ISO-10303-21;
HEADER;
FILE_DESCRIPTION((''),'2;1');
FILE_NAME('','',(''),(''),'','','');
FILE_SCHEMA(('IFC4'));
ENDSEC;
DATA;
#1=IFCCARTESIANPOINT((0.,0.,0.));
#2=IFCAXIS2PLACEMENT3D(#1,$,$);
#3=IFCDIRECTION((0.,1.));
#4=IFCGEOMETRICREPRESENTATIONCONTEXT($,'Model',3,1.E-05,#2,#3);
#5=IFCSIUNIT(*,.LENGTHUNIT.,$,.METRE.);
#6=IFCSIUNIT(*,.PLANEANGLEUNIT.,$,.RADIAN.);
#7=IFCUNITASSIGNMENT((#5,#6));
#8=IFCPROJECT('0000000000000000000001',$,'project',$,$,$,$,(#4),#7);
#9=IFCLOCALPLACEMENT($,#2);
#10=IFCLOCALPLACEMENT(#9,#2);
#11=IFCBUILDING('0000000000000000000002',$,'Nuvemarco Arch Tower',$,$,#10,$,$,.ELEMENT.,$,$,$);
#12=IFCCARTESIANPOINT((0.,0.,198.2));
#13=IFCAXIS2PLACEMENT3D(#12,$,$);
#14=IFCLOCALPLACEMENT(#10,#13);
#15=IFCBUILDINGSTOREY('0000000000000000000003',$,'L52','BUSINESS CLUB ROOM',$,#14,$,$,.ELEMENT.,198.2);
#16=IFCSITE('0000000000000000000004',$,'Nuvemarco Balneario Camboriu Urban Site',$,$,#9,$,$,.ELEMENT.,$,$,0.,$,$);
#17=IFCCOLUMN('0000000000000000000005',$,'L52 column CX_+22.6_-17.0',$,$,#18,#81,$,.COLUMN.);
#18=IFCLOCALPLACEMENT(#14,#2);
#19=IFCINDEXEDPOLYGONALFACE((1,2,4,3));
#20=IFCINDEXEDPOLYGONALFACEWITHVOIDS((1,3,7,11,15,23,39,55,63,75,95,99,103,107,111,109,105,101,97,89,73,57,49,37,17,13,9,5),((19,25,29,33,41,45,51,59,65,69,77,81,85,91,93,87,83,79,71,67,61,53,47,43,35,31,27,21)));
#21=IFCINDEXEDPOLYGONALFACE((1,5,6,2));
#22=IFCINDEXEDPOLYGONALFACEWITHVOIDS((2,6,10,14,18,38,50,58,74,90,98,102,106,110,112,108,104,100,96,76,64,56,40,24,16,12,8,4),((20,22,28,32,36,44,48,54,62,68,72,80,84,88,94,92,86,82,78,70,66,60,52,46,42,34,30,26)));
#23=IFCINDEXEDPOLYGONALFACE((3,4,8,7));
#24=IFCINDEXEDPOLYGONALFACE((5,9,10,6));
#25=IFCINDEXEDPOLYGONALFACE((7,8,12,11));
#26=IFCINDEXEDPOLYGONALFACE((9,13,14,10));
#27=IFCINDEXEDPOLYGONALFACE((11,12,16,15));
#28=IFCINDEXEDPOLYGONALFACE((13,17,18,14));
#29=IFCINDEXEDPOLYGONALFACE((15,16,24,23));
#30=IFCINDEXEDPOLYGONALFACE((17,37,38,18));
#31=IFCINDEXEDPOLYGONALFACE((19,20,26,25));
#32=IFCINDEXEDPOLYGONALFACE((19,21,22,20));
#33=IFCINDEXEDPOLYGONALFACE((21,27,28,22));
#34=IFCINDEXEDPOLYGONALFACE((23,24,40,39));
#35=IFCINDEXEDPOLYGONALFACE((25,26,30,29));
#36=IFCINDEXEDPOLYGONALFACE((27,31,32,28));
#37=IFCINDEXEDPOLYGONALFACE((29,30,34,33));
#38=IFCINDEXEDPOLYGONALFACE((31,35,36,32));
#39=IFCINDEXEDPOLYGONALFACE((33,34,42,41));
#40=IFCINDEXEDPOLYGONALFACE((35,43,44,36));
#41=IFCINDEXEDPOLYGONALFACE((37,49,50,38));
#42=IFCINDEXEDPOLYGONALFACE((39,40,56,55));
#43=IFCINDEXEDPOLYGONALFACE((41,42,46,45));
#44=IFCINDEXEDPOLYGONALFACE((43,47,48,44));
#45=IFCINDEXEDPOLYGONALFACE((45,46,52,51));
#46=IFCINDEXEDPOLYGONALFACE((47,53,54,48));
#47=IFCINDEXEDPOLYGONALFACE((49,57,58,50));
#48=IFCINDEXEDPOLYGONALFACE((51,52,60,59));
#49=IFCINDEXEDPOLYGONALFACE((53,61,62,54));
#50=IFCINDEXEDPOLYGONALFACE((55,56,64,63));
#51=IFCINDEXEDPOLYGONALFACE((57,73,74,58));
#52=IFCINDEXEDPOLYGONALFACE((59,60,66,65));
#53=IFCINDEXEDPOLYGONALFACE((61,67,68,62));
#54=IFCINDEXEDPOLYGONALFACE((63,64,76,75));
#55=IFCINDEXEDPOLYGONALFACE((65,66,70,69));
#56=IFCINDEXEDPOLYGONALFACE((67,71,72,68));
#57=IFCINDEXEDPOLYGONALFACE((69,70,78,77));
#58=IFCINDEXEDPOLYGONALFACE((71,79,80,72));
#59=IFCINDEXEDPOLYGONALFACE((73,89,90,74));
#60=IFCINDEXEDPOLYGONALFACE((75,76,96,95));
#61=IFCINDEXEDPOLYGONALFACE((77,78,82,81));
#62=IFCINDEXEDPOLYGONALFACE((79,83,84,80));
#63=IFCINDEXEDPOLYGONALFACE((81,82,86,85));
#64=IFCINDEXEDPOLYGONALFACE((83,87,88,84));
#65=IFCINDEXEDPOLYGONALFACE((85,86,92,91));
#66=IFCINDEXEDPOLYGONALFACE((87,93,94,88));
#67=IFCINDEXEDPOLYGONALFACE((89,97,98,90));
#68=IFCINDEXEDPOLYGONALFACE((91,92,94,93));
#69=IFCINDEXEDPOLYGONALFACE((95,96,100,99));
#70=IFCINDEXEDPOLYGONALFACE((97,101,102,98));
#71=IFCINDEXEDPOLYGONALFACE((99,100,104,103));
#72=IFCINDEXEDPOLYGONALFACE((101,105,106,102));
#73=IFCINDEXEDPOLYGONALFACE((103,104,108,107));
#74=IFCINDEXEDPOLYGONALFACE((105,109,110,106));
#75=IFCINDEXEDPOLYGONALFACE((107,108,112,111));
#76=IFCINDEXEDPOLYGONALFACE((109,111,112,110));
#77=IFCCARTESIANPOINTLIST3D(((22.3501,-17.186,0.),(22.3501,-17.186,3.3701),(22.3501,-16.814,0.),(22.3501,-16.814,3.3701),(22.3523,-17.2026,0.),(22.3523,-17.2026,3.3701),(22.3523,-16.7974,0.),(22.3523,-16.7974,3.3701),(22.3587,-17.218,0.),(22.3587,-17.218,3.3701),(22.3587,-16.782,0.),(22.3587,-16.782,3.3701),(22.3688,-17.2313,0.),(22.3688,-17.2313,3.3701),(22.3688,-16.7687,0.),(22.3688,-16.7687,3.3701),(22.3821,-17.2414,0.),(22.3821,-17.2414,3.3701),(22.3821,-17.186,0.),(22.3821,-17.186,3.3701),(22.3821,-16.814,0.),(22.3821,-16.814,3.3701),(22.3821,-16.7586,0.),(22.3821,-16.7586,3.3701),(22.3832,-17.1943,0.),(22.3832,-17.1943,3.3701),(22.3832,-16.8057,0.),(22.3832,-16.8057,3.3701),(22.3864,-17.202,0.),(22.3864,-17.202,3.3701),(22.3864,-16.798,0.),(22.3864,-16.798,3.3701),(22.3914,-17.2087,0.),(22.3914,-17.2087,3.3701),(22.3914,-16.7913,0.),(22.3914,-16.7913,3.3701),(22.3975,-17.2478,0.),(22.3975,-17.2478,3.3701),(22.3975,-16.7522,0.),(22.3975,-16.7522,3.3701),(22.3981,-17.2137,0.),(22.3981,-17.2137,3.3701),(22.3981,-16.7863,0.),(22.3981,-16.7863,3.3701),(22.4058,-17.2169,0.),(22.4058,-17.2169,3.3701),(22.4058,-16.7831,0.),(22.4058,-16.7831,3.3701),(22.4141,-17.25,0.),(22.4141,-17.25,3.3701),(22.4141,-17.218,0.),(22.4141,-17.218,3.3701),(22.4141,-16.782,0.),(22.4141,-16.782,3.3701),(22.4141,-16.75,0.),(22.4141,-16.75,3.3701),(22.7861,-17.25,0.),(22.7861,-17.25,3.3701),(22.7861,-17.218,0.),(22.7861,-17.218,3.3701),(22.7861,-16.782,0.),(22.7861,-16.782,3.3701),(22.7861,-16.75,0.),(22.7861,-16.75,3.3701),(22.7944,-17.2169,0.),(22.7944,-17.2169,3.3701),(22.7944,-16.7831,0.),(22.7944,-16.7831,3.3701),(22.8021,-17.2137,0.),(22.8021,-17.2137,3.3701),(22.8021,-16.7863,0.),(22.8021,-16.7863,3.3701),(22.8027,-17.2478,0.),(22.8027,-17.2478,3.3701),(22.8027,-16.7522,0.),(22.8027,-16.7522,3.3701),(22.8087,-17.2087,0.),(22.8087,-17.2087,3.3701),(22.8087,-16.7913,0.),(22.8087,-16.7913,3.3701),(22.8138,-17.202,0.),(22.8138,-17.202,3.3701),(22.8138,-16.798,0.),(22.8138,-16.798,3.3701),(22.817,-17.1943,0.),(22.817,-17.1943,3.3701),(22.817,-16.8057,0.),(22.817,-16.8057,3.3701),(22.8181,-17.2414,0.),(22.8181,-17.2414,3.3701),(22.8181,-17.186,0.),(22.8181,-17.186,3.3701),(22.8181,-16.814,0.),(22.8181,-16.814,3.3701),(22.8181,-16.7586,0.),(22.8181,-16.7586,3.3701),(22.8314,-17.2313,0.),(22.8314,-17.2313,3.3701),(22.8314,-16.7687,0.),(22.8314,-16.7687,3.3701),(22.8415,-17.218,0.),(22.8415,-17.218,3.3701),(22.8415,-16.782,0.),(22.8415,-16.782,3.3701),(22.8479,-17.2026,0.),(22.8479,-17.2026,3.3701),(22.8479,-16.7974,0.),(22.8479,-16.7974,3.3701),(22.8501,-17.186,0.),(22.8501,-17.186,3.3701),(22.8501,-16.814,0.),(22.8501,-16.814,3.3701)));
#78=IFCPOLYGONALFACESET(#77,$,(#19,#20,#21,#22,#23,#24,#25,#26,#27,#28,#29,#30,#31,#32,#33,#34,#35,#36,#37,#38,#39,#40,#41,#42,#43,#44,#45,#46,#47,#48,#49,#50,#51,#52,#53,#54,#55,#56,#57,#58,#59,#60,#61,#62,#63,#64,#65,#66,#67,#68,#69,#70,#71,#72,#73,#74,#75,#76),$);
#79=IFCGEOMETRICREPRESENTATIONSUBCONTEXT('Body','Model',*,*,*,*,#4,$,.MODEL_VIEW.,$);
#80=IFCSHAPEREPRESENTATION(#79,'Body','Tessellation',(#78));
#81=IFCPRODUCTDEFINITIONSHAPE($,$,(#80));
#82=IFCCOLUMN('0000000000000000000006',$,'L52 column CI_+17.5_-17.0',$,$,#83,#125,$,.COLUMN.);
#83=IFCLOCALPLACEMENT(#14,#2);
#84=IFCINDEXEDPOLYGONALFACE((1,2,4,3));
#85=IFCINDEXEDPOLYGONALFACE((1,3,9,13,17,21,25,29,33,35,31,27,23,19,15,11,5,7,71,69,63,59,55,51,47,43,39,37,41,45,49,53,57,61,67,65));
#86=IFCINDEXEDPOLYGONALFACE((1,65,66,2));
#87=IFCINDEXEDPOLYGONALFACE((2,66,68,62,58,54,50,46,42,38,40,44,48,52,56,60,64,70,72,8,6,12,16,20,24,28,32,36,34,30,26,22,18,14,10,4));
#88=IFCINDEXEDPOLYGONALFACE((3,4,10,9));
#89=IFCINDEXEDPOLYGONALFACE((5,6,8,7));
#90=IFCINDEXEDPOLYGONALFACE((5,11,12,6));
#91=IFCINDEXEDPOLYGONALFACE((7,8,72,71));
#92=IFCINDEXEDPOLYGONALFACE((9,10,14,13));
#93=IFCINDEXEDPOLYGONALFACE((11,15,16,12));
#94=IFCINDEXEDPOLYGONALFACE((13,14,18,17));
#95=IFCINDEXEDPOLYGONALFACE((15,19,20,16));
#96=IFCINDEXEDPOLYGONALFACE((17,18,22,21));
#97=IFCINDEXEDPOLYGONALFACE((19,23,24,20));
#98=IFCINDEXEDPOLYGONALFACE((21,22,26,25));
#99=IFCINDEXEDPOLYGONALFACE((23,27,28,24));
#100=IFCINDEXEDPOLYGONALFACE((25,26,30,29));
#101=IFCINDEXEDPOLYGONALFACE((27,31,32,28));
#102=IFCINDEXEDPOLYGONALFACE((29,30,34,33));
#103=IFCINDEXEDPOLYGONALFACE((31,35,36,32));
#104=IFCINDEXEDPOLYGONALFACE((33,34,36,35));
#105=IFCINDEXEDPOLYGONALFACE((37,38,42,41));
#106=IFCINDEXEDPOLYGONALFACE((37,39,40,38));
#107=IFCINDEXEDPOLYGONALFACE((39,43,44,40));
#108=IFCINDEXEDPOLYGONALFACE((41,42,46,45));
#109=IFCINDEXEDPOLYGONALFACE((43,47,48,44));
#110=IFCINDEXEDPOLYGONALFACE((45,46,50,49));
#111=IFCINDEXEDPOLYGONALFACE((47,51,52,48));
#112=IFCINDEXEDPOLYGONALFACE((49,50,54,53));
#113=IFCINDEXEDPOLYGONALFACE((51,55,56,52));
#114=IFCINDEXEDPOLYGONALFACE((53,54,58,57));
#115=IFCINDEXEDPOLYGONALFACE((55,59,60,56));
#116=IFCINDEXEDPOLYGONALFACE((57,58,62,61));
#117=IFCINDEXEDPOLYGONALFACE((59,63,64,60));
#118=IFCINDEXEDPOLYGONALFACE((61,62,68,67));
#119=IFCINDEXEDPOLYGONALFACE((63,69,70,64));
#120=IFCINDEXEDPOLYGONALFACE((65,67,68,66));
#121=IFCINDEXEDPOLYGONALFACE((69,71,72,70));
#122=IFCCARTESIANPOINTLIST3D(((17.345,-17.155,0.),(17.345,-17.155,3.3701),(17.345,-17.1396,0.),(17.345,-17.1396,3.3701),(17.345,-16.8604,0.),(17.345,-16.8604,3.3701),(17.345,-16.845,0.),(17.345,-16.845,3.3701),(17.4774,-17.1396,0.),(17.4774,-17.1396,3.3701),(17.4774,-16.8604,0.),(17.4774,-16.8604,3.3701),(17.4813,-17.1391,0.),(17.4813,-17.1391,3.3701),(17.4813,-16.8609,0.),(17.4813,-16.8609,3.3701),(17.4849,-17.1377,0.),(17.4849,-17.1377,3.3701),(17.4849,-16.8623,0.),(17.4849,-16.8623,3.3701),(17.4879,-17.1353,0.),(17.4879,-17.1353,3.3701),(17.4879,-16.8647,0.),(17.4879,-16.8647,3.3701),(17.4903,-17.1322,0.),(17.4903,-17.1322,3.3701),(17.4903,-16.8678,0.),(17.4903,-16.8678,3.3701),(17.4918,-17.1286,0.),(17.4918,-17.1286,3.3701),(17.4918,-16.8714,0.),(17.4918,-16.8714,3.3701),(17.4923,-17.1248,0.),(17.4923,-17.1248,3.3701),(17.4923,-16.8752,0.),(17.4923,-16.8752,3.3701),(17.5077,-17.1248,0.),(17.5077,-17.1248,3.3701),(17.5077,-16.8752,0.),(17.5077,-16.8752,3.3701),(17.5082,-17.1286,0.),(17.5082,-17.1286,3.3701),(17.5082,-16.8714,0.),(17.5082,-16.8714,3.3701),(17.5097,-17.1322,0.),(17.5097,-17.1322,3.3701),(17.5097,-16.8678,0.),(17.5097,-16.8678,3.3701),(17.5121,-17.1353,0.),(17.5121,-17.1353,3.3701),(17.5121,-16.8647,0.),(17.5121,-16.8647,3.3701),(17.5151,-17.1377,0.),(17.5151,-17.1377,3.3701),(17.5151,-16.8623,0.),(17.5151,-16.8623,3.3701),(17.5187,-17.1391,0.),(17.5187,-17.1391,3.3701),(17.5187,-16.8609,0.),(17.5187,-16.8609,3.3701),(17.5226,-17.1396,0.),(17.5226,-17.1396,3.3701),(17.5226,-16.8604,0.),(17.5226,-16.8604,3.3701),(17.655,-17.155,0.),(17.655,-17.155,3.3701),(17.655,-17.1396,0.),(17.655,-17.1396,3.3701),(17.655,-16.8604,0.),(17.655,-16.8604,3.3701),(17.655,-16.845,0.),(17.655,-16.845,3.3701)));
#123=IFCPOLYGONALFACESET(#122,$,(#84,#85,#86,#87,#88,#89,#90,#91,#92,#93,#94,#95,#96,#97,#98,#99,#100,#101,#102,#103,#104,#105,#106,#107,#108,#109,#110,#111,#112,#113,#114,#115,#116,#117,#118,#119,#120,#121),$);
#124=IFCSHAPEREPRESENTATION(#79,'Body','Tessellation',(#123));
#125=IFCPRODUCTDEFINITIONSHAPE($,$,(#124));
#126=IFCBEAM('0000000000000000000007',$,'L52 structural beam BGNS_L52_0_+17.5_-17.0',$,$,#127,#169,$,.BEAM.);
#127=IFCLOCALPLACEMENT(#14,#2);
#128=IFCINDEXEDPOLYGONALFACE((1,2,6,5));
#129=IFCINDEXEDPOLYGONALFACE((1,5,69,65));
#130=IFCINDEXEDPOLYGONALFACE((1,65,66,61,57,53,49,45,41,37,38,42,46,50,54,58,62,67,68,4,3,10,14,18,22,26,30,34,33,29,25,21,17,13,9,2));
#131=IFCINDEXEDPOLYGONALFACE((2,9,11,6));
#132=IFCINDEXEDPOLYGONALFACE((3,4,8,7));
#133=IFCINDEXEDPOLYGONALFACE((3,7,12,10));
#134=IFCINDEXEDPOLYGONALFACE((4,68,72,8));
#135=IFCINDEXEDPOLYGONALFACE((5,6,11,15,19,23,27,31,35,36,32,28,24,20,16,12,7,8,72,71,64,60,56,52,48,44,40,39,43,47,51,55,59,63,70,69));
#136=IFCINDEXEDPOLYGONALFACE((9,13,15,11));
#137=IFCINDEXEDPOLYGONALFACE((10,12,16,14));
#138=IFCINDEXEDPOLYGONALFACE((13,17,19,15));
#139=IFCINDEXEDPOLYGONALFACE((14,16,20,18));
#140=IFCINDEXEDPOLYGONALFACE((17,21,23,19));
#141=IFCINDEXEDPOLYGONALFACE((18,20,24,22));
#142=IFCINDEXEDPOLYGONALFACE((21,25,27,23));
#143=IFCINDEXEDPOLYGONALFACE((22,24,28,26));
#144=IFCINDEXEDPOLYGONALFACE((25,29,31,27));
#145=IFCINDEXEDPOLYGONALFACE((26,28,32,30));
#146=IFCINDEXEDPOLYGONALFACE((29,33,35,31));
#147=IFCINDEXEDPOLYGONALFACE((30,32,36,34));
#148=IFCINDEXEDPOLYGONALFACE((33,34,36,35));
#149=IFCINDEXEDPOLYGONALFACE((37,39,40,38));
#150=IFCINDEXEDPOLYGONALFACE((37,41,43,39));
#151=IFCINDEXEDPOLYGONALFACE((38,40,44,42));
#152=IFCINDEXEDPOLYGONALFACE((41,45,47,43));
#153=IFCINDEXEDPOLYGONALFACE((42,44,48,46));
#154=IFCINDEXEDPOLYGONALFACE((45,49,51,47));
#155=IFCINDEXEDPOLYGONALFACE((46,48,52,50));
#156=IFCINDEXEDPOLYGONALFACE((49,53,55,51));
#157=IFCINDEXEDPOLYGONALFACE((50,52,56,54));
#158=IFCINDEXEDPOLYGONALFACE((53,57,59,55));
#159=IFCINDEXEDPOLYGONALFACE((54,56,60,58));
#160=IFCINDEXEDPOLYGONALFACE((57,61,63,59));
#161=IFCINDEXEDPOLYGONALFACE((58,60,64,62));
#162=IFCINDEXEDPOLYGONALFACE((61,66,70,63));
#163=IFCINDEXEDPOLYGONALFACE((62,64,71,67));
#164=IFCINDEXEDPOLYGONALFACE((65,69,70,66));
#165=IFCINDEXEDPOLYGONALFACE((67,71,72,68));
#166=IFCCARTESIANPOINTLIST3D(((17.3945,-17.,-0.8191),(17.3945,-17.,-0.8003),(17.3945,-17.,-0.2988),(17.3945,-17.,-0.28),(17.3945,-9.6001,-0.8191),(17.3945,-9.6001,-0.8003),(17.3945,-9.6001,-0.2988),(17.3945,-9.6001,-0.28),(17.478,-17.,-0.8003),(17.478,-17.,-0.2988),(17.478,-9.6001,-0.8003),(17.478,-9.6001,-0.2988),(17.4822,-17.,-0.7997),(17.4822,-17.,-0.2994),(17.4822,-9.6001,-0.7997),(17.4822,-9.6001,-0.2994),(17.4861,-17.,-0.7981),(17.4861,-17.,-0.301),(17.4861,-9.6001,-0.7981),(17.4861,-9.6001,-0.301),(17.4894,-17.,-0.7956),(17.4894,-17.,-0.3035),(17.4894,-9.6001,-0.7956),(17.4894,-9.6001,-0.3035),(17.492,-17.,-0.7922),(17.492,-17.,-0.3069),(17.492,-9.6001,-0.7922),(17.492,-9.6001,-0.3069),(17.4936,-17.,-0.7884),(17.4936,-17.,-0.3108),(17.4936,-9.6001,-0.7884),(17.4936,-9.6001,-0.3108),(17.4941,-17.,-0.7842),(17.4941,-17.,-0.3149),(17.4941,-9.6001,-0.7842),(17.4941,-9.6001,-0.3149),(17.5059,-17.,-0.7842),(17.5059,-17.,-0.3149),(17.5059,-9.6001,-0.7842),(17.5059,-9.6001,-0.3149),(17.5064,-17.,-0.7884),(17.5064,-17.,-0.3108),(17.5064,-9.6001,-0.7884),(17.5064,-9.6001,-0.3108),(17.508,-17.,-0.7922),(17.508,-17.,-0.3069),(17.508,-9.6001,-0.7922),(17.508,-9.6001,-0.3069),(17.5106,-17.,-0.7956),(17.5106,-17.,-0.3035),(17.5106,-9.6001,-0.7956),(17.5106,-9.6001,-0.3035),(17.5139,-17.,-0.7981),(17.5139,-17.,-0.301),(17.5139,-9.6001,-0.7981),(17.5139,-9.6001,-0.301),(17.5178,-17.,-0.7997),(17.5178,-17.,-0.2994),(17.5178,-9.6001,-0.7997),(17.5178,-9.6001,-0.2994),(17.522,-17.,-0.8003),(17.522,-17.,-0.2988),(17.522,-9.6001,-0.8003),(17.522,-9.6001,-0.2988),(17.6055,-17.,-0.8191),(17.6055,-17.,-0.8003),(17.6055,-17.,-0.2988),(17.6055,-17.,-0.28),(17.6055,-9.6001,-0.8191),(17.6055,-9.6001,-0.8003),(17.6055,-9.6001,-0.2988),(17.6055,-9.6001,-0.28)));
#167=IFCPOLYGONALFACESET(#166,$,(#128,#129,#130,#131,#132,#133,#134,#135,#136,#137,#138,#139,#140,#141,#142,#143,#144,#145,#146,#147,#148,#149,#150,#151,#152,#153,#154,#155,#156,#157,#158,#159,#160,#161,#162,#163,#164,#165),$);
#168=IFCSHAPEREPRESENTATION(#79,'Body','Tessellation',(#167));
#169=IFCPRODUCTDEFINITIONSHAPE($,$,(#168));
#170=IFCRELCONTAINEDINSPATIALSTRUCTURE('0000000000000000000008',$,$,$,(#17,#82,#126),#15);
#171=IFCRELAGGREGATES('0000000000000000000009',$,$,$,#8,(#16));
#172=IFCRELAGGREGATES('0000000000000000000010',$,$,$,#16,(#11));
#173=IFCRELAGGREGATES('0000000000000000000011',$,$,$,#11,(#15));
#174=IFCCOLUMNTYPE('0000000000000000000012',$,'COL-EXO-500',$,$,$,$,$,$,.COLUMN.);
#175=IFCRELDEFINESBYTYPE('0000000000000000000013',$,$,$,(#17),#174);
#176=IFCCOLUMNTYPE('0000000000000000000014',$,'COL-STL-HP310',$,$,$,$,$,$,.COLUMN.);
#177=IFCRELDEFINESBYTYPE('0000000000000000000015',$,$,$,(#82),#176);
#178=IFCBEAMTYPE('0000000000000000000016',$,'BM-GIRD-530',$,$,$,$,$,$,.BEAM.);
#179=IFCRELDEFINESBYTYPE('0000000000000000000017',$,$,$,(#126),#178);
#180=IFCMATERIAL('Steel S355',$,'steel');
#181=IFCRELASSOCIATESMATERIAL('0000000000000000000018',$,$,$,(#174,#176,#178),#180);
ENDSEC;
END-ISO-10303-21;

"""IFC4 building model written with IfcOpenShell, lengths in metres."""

from ifc_helpers import new_model, si_unit, direction, frame, origin, origin_2d, place, context, subcontext, project, spatial, hollow_rectangle, i_section, extrude, material, material_profile, profile_set, type_object, element, save


model = new_model("IFC4")

# Units and contexts
model_context = context("Model", 3, precision=1e-05, world=origin(), true_north=direction((0.0, 1.0)))
body_context = subcontext(model_context, "Body", "Model", "MODEL_VIEW")
ifc_project = project(units=[si_unit("LENGTHUNIT", "METRE"), si_unit("PLANEANGLEUNIT", "RADIAN")], contexts=[model_context])

# Site, building, storey
site_placement = place(None, origin())
site = spatial("IfcSite", under=ifc_project, at=site_placement, Name="Nuvemarco Balneario Camboriu Urban Site", CompositionType="ELEMENT", RefElevation=0.0)
building_placement = place(site_placement, origin())
building = spatial("IfcBuilding", under=site, at=building_placement, Name="Nuvemarco Arch Tower", CompositionType="ELEMENT")
storey_placement = place(building_placement, frame((0.0, 0.0, 198.2)))
storey = spatial("IfcBuildingStorey", under=building, at=storey_placement, Name="L52", Description="BUSINESS CLUB ROOM", CompositionType="ELEMENT", Elevation=198.2)

# Columns
ifc_material_1 = material(Name="Steel S355", Category="steel")
ifc_material_profile_1 = material_profile(ifc_material_1, hollow_rectangle(XDim=0.5, YDim=0.5, WallThickness=0.032, InnerFilletRadius=0.032, OuterFilletRadius=0.064, at=origin_2d()), Name="SHS500x500x32")
ifc_profile_set_1 = profile_set([ifc_material_profile_1], Name="Steel S355")
column_type_1 = type_object("IfcColumnType", Name="COL-EXO-500", PredefinedType="COLUMN", material=ifc_profile_set_1)
column_1_placement = place(storey_placement, frame((22.6001, -17.0, 0.0), z_axis=(0.0, 0.0, 1.0), x_axis=(1.0, 0.0, 0.0)))
element("IfcColumn", 1, at=column_1_placement, inside=storey, type_object=column_type_1, Name="L52 column CX_+22.6_-17.0", PredefinedType="COLUMN", context=body_context, shape_type="SweptSolid", body=[
    extrude(hollow_rectangle(XDim=0.5, YDim=0.5, WallThickness=0.032, InnerFilletRadius=0.032, OuterFilletRadius=0.064, at=origin_2d()), origin(), (0.0, 0.0, 1.0), 3.3701),
])
ifc_material_profile_2 = material_profile(ifc_material_1, i_section(OverallWidth=0.3101, OverallDepth=0.3101, WebThickness=0.0154, FlangeThickness=0.0154, FilletRadius=0.0149, at=origin_2d()), Name="HP310x110")
ifc_profile_set_2 = profile_set([ifc_material_profile_2], Name="Steel S355")
column_type_2 = type_object("IfcColumnType", Name="COL-STL-HP310", PredefinedType="COLUMN", material=ifc_profile_set_2)
column_2_placement = place(storey_placement, frame((17.5, -17.0, 0.0), z_axis=(0.0, 0.0, 1.0), x_axis=(1.0, 0.0, 0.0)))
element("IfcColumn", 2, at=column_2_placement, inside=storey, type_object=column_type_2, Name="L52 column CI_+17.5_-17.0", PredefinedType="COLUMN", context=body_context, shape_type="SweptSolid", body=[
    extrude(i_section(OverallWidth=0.3101, OverallDepth=0.3101, WebThickness=0.0154, FlangeThickness=0.0154, FilletRadius=0.0149, at=origin_2d()), origin(), (0.0, 0.0, 1.0), 3.3701),
])

# Beam
ifc_material_profile_3 = material_profile(ifc_material_1, i_section(OverallWidth=0.2109, OverallDepth=0.5391, WebThickness=0.0117, FlangeThickness=0.0188, FilletRadius=0.0161, at=origin_2d()), Name="W530x109")
ifc_profile_set_3 = profile_set([ifc_material_profile_3], Name="Steel S355")
beam_type_1 = type_object("IfcBeamType", Name="BM-GIRD-530", PredefinedType="BEAM", material=ifc_profile_set_3)
beam_1_placement = place(storey_placement, frame((17.5, -17.0, -0.5496), z_axis=(0.0, 1.0, 0.0), x_axis=(-1.0, 0.0, 0.0)))
element("IfcBeam", 3, at=beam_1_placement, inside=storey, type_object=beam_type_1, Name="L52 structural beam BGNS_L52_0_+17.5_-17.0", PredefinedType="BEAM", context=body_context, shape_type="SweptSolid", body=[
    extrude(i_section(OverallWidth=0.2109, OverallDepth=0.5391, WebThickness=0.0117, FlangeThickness=0.0188, FilletRadius=0.0161, at=origin_2d()), origin(), (0.0, 0.0, 1.0), 7.3999),
])

save(model, "model.ifc")
